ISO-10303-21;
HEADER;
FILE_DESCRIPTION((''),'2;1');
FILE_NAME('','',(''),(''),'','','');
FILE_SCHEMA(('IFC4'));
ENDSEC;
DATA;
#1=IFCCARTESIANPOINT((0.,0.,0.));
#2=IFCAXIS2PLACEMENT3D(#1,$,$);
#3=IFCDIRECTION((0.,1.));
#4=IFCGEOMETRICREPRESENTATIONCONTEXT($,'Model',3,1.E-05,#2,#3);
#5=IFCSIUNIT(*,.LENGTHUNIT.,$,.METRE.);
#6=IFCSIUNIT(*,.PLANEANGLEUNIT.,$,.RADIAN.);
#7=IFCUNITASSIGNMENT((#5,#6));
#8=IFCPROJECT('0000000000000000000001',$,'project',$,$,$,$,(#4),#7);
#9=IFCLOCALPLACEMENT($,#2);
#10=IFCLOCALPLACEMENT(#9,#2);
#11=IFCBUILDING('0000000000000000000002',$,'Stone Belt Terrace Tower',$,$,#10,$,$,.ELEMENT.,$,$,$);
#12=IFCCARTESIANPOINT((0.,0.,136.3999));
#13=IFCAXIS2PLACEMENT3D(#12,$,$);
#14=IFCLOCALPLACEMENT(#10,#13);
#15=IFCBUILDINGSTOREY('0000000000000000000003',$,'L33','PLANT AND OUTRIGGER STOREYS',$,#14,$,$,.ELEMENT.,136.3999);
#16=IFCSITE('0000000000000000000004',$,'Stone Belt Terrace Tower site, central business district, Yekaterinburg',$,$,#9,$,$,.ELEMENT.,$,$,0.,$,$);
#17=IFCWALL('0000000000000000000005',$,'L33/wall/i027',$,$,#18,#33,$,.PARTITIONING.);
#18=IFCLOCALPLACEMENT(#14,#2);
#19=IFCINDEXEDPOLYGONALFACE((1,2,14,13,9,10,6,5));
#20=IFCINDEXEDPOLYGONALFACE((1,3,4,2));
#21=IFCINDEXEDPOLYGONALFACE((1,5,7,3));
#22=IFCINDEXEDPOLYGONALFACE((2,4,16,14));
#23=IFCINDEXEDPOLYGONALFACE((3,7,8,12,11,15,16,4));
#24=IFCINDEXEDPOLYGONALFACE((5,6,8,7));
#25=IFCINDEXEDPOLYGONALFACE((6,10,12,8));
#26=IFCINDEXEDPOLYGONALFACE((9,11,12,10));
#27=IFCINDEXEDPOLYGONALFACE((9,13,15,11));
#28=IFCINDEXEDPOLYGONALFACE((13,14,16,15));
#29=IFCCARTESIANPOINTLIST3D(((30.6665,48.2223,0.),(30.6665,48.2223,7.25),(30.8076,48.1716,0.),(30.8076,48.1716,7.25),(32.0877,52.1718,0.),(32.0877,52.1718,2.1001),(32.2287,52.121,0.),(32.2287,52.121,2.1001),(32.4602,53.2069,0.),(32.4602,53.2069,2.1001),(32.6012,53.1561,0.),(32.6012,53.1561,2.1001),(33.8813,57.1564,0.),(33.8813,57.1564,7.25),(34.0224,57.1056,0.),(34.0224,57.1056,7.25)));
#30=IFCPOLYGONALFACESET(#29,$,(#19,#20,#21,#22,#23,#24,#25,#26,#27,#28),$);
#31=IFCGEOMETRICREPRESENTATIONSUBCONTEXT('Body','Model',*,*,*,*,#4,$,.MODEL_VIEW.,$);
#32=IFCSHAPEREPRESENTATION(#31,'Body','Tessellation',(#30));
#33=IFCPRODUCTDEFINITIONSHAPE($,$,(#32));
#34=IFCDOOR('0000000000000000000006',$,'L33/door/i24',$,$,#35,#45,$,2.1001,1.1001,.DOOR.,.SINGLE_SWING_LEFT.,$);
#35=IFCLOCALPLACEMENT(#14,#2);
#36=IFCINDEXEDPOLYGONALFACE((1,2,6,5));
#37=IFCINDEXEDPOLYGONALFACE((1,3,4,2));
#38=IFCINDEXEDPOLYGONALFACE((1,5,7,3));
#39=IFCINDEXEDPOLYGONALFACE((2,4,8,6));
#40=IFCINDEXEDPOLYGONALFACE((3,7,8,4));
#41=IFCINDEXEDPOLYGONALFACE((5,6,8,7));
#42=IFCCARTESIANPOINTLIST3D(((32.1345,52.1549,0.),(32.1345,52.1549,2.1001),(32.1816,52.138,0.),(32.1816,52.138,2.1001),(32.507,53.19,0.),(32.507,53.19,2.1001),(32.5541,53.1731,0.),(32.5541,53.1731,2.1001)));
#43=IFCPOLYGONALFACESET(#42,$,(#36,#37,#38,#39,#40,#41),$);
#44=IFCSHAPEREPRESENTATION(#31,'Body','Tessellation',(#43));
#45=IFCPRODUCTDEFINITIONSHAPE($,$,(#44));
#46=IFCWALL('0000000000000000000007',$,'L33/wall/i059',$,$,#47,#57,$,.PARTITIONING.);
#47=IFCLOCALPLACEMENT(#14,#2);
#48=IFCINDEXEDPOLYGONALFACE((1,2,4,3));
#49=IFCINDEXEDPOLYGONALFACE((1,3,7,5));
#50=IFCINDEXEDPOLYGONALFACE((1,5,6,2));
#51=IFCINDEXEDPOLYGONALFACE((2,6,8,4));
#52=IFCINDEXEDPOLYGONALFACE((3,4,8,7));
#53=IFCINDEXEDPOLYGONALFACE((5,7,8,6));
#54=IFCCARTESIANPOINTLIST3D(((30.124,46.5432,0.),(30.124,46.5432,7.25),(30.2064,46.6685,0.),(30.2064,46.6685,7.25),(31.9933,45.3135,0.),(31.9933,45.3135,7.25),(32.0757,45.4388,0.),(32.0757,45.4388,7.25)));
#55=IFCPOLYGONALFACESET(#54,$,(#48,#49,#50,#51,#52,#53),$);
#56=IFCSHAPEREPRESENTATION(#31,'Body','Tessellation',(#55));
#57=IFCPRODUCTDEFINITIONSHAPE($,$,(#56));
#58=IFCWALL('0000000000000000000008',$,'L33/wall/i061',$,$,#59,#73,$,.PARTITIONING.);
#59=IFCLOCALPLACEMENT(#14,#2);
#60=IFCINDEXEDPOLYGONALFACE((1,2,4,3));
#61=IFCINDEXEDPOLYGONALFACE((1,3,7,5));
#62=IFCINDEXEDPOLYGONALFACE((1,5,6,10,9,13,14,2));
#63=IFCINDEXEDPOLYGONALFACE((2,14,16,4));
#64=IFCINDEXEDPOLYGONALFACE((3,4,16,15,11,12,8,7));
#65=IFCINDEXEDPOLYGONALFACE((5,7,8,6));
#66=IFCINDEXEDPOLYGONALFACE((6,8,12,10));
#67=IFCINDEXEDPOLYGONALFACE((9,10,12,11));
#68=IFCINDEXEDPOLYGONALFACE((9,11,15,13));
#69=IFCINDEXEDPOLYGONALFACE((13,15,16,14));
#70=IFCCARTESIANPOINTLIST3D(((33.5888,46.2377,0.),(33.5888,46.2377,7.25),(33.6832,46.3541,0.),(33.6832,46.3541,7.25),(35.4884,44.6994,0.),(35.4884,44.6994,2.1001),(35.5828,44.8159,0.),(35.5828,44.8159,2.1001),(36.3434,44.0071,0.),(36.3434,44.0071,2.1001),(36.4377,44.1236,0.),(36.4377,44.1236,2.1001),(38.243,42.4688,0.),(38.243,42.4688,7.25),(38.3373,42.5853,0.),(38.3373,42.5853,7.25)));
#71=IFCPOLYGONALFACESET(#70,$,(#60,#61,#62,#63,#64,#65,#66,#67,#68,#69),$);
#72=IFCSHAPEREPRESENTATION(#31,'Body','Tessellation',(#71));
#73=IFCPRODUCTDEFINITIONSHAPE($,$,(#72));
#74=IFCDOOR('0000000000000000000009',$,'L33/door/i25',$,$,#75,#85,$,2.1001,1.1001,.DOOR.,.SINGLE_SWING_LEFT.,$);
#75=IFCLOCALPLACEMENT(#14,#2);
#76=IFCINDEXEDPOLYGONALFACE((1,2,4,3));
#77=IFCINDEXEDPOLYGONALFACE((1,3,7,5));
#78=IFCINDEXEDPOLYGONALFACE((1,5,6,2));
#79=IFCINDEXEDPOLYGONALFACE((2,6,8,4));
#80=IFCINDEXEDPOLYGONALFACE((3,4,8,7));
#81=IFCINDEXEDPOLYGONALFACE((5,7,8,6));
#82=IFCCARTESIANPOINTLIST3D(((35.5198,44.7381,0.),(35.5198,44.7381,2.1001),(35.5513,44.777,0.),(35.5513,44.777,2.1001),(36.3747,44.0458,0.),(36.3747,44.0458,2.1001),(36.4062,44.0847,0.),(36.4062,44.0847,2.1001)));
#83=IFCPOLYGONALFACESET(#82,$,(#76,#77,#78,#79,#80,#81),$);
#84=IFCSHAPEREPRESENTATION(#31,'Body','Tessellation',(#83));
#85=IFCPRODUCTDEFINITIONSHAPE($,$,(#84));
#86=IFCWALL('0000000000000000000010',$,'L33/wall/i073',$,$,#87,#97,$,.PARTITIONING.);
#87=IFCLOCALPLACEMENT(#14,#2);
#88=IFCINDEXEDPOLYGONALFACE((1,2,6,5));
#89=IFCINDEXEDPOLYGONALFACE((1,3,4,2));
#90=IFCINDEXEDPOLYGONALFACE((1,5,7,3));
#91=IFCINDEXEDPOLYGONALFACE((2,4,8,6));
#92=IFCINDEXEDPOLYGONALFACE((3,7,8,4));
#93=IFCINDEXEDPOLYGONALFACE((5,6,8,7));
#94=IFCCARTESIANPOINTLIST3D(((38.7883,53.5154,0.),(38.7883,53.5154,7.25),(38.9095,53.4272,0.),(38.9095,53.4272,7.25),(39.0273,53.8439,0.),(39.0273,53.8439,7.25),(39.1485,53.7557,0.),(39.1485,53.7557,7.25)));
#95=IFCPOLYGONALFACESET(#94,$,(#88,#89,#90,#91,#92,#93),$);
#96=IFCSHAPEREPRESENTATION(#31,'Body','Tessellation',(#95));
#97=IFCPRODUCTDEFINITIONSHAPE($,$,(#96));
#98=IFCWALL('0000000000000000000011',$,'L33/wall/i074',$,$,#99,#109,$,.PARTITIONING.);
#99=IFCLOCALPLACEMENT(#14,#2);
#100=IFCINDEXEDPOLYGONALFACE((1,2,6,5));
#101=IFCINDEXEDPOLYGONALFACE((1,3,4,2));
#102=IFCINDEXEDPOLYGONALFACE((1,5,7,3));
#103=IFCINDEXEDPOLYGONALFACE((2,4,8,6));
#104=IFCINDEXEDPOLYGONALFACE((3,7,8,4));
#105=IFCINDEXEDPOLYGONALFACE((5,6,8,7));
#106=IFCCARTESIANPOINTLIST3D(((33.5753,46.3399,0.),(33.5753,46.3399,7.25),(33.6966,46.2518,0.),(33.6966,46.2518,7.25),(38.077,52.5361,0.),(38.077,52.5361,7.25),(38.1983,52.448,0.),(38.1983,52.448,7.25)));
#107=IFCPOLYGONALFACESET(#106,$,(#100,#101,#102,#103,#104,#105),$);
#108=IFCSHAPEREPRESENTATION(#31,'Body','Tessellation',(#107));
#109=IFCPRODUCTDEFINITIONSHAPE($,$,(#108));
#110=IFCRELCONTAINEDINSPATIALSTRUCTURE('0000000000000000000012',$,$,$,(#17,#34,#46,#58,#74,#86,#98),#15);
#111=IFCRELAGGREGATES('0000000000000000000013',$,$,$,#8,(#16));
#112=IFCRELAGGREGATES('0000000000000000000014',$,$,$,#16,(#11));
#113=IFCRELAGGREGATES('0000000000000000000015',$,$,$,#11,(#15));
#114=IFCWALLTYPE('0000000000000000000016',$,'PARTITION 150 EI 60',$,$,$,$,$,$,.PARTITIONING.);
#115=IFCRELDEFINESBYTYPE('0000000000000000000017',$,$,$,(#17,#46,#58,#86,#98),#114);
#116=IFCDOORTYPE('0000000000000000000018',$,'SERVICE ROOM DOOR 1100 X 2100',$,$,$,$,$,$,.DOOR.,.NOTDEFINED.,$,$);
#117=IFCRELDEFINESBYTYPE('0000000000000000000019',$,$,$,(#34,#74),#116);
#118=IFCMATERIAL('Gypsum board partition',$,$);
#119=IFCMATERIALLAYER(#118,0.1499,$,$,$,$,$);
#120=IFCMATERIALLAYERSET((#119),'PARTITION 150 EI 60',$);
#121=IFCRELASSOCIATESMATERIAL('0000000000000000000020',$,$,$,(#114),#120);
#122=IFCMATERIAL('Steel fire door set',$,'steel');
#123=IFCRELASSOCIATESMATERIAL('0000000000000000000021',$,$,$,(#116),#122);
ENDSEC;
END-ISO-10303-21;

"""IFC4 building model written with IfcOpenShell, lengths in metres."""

from ifc_helpers import new_model, si_unit, direction, frame, frame_2d, origin, place, context, subcontext, project, spatial, rectangle, extrude, material, layer, layer_set, type_object, element, fill, save


model = new_model("IFC4")

# Units and contexts
model_context = context("Model", 3, precision=1e-05, world=origin(), true_north=direction((0.0, 1.0)))
body_context = subcontext(model_context, "Body", "Model", "MODEL_VIEW")
ifc_project = project(units=[si_unit("LENGTHUNIT", "METRE"), si_unit("PLANEANGLEUNIT", "RADIAN")], contexts=[model_context])

# Site, building, storey
site_placement = place(None, origin())
site = spatial("IfcSite", under=ifc_project, at=site_placement, Name="Stone Belt Terrace Tower site, central business district, Yekaterinburg", CompositionType="ELEMENT", RefElevation=0.0)
building_placement = place(site_placement, origin())
building = spatial("IfcBuilding", under=site, at=building_placement, Name="Stone Belt Terrace Tower", CompositionType="ELEMENT")
storey_placement = place(building_placement, frame((0.0, 0.0, 136.3999)))
storey = spatial("IfcBuildingStorey", under=building, at=storey_placement, Name="L33", Description="PLANT AND OUTRIGGER STOREYS", CompositionType="ELEMENT", Elevation=136.3999)

# Wall, opening, door
ifc_material_1 = material(Name="Gypsum board partition")
ifc_layer_1 = layer(ifc_material_1, 0.1499)
ifc_layer_set_1 = layer_set([ifc_layer_1], Name="PARTITION 150 EI 60")
wall_type = type_object("IfcWallType", Name="PARTITION 150 EI 60", PredefinedType="PARTITIONING", material=ifc_layer_set_1)
wall_1_placement = place(storey_placement, frame((33.9519, 57.1311, 0.0), z_axis=(0.0, 0.0, 1.0), x_axis=(-0.338587, -0.940935, 0.0)))
wall_1 = element("IfcWall", 1, at=wall_1_placement, inside=storey, type_object=wall_type, Name="L33/wall/i027", PredefinedType="PARTITIONING", context=body_context, shape_type="SweptSolid", body=[
    extrude(rectangle(XDim=9.4949, YDim=0.1499, at=frame_2d((4.7476, 0.0))), origin(), (0.0, 0.0, 1.0), 7.25),
])
opening_1_placement = place(wall_1_placement, frame((4.1975, 0.0, 0.0)))
opening_1 = element("IfcOpeningElement", 2, at=opening_1_placement, cuts=wall_1, PredefinedType="OPENING", context=body_context, shape_type="SweptSolid", body=[
    extrude(rectangle(XDim=1.1001, YDim=2.1001, at=frame_2d((0.55, 1.05))), frame((0.0, 0.085, 0.0), z_axis=(0.0, -1.0, 0.0), x_axis=(1.0, 0.0, 0.0)), (0.0, 0.0, 1.0), 0.1699),
])
ifc_material_2 = material(Name="Steel fire door set", Category="steel")
door_type = type_object("IfcDoorType", Name="SERVICE ROOM DOOR 1100 X 2100", OperationType="NOTDEFINED", PredefinedType="DOOR", material=ifc_material_2)
door_1_placement = place(opening_1_placement, origin())
door_1 = element("IfcDoor", 3, at=door_1_placement, inside=storey, type_object=door_type, Name="L33/door/i24", OperationType="SINGLE_SWING_LEFT", OverallHeight=2.1001, OverallWidth=1.1001, PredefinedType="DOOR", context=body_context, shape_type="SweptSolid", body=[
    extrude(rectangle(XDim=1.1001, YDim=2.1001, at=frame_2d((0.55, 1.05))), frame((0.0, 0.0249, 0.0), z_axis=(0.0, -1.0, 0.0), x_axis=(1.0, 0.0, 0.0)), (0.0, 0.0, 1.0), 0.05),
])
fill(opening_1, door_1)

# Wall
wall_2_placement = place(storey_placement, frame((32.0344, 45.3762, 0.0), z_axis=(0.0, 0.0, 1.0), x_axis=(-0.835442, 0.549578, 0.0)))
element("IfcWall", 4, at=wall_2_placement, inside=storey, type_object=wall_type, Name="L33/wall/i059", PredefinedType="PARTITIONING", context=body_context, shape_type="SweptSolid", body=[
    extrude(rectangle(XDim=2.2375, YDim=0.1499, at=frame_2d((1.1187, 0.0))), origin(), (0.0, 0.0, 1.0), 7.25),
])

# Wall, opening, door
wall_3_placement = place(storey_placement, frame((33.636, 46.2959, 0.0), z_axis=(0.0, 0.0, 1.0), x_axis=(0.777144, -0.629323, 0.0)))
wall_3 = element("IfcWall", 5, at=wall_3_placement, inside=storey, type_object=wall_type, Name="L33/wall/i061", PredefinedType="PARTITIONING", context=body_context, shape_type="SweptSolid", body=[
    extrude(rectangle(XDim=5.9888, YDim=0.1499, at=frame_2d((2.9944, 0.0))), origin(), (0.0, 0.0, 1.0), 7.25),
])
opening_2_placement = place(wall_3_placement, frame((2.4443, 0.0, 0.0)))
opening_2 = element("IfcOpeningElement", 6, at=opening_2_placement, cuts=wall_3, PredefinedType="OPENING", context=body_context, shape_type="SweptSolid", body=[
    extrude(rectangle(XDim=1.1001, YDim=2.1001, at=frame_2d((0.55, 1.05))), frame((0.0, 0.085, 0.0), z_axis=(0.0, -1.0, 0.0), x_axis=(1.0, 0.0, 0.0)), (0.0, 0.0, 1.0), 0.1699),
])
door_2_placement = place(opening_2_placement, origin())
door_2 = element("IfcDoor", 7, at=door_2_placement, inside=storey, type_object=door_type, Name="L33/door/i25", OperationType="SINGLE_SWING_LEFT", OverallHeight=2.1001, OverallWidth=1.1001, PredefinedType="DOOR", context=body_context, shape_type="SweptSolid", body=[
    extrude(rectangle(XDim=1.1001, YDim=2.1001, at=frame_2d((0.55, 1.05))), frame((0.0, 0.0249, 0.0), z_axis=(0.0, -1.0, 0.0), x_axis=(1.0, 0.0, 0.0)), (0.0, 0.0, 1.0), 0.05),
])
fill(opening_2, door_2)

# Walls
wall_4_placement = place(storey_placement, frame((39.0879, 53.7998, 0.0), z_axis=(0.0, 0.0, 1.0), x_axis=(-0.588207, -0.80871, 0.0)))
element("IfcWall", 8, at=wall_4_placement, inside=storey, type_object=wall_type, Name="L33/wall/i073", PredefinedType="PARTITIONING", context=body_context, shape_type="SweptSolid", body=[
    extrude(rectangle(XDim=0.4062, YDim=0.1499, at=frame_2d((0.2031, 0.0))), origin(), (0.0, 0.0, 1.0), 7.25),
])
wall_5_placement = place(storey_placement, frame((38.1377, 52.4922, 0.0), z_axis=(0.0, 0.0, 1.0), x_axis=(-0.587772, -0.809027, 0.0)))
element("IfcWall", 9, at=wall_5_placement, inside=storey, type_object=wall_type, Name="L33/wall/i074", PredefinedType="PARTITIONING", context=body_context, shape_type="SweptSolid", body=[
    extrude(rectangle(XDim=7.6589, YDim=0.1499, at=frame_2d((3.8296, 0.0))), origin(), (0.0, 0.0, 1.0), 7.25),
])

save(model, "model.ifc")
